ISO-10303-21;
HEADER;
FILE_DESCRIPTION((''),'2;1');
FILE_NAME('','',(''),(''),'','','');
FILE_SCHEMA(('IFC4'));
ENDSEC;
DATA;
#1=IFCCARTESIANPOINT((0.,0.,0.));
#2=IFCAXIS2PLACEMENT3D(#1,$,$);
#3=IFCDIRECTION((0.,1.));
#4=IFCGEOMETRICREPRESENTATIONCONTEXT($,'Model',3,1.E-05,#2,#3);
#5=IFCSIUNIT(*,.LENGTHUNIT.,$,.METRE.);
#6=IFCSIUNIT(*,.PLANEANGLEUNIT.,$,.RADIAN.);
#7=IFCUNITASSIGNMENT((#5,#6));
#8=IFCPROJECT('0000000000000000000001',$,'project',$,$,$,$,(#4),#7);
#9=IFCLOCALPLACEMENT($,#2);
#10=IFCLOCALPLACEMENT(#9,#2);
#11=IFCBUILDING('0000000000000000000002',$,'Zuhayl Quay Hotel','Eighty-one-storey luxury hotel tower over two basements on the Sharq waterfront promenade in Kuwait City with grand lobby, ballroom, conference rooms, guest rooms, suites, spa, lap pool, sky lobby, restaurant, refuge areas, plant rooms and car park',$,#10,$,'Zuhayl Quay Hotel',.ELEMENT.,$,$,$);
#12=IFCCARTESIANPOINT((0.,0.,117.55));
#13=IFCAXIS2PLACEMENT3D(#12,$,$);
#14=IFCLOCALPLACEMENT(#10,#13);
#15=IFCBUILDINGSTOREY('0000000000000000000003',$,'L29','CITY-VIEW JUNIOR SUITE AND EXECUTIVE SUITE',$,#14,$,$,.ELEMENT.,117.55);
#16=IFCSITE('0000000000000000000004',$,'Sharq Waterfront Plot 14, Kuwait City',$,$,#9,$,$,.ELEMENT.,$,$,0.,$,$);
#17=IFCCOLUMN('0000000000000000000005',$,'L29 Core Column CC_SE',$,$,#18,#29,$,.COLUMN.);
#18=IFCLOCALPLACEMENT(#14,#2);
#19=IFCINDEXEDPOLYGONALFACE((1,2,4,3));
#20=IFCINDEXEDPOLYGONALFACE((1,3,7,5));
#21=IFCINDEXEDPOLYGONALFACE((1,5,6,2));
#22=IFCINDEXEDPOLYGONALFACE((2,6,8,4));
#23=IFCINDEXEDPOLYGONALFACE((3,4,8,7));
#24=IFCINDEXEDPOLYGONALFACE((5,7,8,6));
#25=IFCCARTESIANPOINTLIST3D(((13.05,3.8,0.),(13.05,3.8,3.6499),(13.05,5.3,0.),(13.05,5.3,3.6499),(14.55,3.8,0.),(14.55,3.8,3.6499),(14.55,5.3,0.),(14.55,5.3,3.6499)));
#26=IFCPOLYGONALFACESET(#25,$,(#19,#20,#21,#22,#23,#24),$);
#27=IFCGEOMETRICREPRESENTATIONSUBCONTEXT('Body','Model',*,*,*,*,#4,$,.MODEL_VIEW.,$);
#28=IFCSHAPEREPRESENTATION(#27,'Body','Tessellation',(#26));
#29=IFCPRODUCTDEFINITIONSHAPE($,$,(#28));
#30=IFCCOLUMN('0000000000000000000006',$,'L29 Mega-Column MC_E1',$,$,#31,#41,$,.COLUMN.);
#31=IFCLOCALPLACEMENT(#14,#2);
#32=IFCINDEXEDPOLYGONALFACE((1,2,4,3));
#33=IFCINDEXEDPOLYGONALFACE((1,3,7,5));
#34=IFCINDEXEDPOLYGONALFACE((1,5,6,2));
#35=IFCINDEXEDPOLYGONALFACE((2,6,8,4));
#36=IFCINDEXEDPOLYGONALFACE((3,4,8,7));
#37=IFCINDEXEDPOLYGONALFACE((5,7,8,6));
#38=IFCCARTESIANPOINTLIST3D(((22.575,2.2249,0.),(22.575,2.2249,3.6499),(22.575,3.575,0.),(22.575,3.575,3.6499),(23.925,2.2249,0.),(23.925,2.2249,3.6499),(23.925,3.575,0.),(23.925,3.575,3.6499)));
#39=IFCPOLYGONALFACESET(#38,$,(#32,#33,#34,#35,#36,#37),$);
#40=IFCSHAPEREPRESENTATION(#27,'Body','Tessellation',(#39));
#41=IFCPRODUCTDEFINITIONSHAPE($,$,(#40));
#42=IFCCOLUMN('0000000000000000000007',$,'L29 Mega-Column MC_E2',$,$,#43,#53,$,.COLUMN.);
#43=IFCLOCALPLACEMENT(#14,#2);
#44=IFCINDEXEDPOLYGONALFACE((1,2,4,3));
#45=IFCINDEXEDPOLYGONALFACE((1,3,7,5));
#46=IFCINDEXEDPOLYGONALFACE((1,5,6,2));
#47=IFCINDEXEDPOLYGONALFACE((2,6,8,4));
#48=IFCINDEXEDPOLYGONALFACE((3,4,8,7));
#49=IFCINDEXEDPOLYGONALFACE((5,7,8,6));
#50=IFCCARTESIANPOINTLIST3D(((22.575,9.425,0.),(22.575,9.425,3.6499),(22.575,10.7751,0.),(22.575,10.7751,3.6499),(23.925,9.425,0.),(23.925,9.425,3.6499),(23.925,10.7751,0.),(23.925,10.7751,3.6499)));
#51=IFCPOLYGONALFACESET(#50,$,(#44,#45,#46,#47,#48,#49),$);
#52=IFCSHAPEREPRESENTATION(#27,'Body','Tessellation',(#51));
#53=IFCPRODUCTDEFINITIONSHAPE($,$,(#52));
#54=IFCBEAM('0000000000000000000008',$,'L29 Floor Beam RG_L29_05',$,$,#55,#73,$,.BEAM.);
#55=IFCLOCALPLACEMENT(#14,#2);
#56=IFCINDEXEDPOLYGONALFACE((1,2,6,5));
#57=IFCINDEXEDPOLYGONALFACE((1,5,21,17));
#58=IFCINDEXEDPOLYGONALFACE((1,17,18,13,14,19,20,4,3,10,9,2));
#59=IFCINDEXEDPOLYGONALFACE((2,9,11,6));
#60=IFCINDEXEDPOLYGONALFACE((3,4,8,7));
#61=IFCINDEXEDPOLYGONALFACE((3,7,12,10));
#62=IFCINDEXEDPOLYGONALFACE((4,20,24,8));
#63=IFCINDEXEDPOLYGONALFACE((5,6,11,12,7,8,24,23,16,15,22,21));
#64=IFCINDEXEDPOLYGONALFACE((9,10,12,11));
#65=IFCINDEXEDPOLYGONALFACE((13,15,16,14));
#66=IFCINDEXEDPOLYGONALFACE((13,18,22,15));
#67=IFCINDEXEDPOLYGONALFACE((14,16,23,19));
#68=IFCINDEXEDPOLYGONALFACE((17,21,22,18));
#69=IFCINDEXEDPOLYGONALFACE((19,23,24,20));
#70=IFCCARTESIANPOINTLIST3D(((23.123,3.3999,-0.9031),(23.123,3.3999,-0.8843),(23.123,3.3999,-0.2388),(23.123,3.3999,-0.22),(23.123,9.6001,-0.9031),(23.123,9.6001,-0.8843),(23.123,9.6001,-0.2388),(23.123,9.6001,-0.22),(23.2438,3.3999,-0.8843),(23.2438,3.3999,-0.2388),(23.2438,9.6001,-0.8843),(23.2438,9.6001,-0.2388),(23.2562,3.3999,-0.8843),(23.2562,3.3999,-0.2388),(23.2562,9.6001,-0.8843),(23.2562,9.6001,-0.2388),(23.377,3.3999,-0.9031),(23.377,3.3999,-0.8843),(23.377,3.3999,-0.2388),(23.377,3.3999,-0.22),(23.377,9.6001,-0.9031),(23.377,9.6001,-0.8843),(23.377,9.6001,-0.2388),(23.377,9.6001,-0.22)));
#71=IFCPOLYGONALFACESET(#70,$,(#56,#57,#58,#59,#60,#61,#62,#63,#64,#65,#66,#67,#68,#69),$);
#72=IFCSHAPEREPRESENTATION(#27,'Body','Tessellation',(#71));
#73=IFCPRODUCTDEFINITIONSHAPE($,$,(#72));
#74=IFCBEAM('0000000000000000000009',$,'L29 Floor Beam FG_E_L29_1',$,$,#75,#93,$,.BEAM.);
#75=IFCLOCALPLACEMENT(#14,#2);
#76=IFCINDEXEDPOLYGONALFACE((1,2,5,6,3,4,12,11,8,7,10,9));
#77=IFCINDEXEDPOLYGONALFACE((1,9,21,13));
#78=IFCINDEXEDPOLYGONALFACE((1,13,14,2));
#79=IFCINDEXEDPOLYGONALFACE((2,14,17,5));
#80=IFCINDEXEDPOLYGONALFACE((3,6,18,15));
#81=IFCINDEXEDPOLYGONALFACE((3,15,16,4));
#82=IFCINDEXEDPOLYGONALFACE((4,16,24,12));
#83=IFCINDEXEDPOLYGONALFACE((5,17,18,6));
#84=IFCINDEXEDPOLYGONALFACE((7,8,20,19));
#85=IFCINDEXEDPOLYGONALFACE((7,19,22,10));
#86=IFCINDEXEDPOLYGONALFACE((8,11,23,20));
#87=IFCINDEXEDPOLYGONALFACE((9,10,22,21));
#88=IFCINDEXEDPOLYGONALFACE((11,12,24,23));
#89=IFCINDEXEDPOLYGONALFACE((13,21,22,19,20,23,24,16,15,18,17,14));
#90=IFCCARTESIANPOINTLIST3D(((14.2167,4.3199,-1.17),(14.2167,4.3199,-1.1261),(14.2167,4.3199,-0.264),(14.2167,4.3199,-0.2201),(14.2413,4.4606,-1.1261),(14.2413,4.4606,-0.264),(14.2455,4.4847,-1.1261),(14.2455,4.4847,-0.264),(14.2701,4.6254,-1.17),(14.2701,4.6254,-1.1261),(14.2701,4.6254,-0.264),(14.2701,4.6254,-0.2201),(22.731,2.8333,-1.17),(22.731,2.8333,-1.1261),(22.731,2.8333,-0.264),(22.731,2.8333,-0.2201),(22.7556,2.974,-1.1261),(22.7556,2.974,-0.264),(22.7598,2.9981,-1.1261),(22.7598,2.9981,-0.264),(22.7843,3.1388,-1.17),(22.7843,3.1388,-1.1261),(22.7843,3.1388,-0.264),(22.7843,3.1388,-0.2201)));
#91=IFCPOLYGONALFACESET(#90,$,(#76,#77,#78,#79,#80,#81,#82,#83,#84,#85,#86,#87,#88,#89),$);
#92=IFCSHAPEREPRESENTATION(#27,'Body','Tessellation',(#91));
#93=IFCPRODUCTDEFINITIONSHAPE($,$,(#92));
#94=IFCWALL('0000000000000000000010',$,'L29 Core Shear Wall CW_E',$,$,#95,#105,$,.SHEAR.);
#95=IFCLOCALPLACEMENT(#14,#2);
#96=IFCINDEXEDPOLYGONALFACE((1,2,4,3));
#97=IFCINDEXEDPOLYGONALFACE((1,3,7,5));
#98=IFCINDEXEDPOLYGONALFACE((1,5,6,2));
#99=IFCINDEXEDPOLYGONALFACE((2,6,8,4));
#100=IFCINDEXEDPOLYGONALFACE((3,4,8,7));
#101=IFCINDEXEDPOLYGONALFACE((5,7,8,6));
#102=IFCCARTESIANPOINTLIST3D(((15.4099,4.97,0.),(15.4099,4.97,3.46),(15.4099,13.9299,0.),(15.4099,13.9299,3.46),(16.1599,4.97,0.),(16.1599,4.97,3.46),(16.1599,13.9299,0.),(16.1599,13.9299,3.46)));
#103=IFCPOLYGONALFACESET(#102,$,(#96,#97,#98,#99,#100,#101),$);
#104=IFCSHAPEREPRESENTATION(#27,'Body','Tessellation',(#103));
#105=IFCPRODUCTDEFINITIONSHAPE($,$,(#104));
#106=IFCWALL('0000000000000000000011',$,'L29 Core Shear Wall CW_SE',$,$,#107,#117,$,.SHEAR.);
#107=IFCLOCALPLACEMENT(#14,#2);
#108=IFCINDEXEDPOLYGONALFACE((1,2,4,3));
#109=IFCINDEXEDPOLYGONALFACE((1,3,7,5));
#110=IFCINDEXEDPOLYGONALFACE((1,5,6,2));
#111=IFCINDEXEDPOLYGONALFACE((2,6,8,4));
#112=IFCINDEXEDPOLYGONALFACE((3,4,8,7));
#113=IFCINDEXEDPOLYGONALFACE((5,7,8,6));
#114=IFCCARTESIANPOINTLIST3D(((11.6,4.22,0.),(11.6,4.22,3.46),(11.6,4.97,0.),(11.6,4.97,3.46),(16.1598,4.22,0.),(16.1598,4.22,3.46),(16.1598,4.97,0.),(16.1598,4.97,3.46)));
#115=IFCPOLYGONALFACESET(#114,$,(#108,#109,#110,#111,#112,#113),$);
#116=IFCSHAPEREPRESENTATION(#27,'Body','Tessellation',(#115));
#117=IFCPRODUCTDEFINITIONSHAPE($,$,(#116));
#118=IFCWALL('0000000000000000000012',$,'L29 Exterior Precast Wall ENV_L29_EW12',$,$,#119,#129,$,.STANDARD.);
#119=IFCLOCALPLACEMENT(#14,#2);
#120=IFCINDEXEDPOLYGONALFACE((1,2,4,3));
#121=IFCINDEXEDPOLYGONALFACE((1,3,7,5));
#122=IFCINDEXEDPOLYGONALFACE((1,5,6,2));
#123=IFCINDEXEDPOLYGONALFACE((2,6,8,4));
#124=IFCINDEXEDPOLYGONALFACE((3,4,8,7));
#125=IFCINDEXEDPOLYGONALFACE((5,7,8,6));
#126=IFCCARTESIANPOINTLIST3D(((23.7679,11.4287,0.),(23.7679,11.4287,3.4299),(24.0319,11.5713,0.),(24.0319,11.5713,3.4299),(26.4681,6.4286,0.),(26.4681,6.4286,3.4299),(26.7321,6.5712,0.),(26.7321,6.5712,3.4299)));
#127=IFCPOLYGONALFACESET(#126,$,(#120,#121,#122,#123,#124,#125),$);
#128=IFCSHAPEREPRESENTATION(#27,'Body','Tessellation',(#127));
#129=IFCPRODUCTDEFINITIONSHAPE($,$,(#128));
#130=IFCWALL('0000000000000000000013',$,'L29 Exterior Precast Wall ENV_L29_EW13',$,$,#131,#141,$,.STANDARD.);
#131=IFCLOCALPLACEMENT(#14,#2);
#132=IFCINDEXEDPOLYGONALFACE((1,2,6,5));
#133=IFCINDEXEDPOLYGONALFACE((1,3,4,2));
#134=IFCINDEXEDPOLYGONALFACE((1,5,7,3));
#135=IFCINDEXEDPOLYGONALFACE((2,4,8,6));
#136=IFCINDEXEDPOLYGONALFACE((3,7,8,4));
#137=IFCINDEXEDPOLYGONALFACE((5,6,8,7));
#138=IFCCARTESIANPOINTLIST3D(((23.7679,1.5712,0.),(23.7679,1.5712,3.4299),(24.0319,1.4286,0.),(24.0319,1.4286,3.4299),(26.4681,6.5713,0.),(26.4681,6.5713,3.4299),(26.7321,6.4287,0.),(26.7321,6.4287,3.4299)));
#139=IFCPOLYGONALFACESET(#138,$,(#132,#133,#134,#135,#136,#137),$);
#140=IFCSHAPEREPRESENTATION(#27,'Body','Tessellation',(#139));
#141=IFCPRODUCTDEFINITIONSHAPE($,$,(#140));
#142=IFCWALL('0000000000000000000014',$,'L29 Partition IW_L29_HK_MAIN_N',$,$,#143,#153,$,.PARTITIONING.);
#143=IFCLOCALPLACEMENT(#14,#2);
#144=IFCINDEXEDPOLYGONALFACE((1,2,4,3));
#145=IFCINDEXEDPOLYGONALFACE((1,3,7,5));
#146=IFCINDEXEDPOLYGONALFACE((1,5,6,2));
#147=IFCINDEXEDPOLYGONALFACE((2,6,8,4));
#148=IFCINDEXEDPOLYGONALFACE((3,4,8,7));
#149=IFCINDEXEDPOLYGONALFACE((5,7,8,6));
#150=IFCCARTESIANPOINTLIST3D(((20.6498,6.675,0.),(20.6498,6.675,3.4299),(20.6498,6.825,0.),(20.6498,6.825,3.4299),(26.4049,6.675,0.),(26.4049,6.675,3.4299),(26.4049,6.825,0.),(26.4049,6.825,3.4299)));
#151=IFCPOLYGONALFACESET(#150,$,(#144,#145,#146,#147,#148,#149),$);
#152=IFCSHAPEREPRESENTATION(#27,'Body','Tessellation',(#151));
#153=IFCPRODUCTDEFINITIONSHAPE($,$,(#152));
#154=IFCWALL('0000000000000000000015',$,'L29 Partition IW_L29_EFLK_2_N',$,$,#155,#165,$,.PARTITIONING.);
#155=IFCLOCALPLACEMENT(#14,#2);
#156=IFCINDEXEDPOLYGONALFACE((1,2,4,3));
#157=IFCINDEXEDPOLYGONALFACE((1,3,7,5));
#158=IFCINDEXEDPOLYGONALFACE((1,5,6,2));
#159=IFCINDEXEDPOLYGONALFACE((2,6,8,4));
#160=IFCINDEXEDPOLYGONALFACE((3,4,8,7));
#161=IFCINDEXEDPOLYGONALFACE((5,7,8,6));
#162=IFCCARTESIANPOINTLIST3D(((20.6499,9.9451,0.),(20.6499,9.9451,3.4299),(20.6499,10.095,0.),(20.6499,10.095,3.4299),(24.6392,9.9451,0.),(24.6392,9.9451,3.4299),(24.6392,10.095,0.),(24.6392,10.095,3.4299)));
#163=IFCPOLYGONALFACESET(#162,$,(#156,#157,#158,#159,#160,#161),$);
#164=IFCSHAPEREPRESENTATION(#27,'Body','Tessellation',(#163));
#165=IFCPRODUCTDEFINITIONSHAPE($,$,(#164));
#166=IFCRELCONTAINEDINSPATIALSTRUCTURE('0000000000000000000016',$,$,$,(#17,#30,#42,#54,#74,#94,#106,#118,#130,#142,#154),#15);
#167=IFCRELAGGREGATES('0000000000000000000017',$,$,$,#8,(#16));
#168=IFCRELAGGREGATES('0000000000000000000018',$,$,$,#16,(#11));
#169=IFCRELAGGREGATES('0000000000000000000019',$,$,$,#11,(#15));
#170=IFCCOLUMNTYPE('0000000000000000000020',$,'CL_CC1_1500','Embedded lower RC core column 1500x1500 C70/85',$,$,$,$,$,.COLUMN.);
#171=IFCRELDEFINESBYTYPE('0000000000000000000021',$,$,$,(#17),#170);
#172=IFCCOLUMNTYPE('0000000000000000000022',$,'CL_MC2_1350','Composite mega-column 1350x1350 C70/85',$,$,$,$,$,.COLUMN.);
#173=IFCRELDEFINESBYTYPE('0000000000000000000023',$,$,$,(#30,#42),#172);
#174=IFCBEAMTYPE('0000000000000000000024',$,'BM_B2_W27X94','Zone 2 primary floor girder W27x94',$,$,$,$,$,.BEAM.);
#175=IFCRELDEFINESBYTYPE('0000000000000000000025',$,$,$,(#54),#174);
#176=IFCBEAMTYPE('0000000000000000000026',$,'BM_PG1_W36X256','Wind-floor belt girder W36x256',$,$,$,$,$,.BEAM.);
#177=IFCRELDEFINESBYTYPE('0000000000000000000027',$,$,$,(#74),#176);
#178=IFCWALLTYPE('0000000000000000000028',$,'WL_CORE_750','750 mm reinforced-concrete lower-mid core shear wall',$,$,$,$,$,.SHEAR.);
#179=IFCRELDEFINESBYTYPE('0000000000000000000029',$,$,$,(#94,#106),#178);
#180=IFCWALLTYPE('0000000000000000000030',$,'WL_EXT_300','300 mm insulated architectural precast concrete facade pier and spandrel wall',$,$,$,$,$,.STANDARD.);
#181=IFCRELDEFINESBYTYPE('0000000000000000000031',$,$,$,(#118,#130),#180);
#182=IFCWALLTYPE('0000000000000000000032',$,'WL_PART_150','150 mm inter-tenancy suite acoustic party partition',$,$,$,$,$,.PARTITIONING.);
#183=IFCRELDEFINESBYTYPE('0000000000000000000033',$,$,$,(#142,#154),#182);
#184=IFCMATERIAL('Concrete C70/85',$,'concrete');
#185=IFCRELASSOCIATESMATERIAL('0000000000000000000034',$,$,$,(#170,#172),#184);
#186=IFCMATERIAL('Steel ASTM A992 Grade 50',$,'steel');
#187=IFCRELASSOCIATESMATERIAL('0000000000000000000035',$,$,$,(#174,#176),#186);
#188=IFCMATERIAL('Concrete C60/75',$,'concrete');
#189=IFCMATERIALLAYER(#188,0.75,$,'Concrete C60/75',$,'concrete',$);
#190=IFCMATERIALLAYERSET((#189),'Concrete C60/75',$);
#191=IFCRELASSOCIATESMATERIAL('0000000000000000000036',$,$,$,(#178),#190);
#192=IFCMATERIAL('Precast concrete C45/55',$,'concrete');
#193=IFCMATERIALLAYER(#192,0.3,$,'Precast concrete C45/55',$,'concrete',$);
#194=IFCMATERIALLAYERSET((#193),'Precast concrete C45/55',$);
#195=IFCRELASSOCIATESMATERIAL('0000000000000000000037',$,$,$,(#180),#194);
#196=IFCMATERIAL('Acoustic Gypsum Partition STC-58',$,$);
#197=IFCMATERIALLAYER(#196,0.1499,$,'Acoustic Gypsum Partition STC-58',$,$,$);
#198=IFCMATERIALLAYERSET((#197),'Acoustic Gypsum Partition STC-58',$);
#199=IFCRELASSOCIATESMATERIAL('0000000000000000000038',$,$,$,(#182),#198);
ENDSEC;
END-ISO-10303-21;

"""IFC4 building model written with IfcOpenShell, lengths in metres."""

from ifc_helpers import new_model, si_unit, direction, frame, frame_2d, origin, origin_2d, place, context, subcontext, project, spatial, rectangle, i_section, extrude, material, layer, layer_set, material_profile, profile_set, type_object, element, save


model = new_model("IFC4")

# Units and contexts
model_context = context("Model", 3, precision=1e-05, world=origin(), true_north=direction((0.0, 1.0)))
body_context = subcontext(model_context, "Body", "Model", "MODEL_VIEW")
ifc_project = project(units=[si_unit("LENGTHUNIT", "METRE"), si_unit("PLANEANGLEUNIT", "RADIAN")], contexts=[model_context])

# Site, building, storey
site_placement = place(None, origin())
site = spatial("IfcSite", under=ifc_project, at=site_placement, Name="Sharq Waterfront Plot 14, Kuwait City", CompositionType="ELEMENT", RefElevation=0.0)
building_placement = place(site_placement, origin())
building = spatial("IfcBuilding", under=site, at=building_placement, Name="Zuhayl Quay Hotel", Description="Eighty-one-storey luxury hotel tower over two basements on the Sharq waterfront promenade in Kuwait City with grand lobby, ballroom, conference rooms, guest rooms, suites, spa, lap pool, sky lobby, restaurant, refuge areas, plant rooms and car park", LongName="Zuhayl Quay Hotel", CompositionType="ELEMENT")
storey_placement = place(building_placement, frame((0.0, 0.0, 117.55)))
storey = spatial("IfcBuildingStorey", under=building, at=storey_placement, Name="L29", Description="CITY-VIEW JUNIOR SUITE AND EXECUTIVE SUITE", CompositionType="ELEMENT", Elevation=117.55)

# Columns
ifc_material_1 = material(Name="Concrete C70/85", Category="concrete")
ifc_material_profile_1 = material_profile(ifc_material_1, rectangle(XDim=1.5, YDim=1.5, at=origin_2d()), Name="RC1500X1500")
ifc_profile_set_1 = profile_set([ifc_material_profile_1], Name="Concrete C70/85")
column_type_1 = type_object("IfcColumnType", Name="CL_CC1_1500", Description="Embedded lower RC core column 1500x1500 C70/85", PredefinedType="COLUMN", material=ifc_profile_set_1)
column_placement = place(storey_placement, frame((13.8, 4.55, 0.0), z_axis=(0.0, 0.0, 1.0), x_axis=(1.0, 0.0, 0.0)))
element("IfcColumn", 1, at=column_placement, inside=storey, type_object=column_type_1, Name="L29 Core Column CC_SE", PredefinedType="COLUMN", context=body_context, shape_type="SweptSolid", body=[
    extrude(rectangle(XDim=1.5, YDim=1.5, at=origin_2d()), origin(), (0.0, 0.0, 1.0), 3.6499),
])
ifc_material_profile_2 = material_profile(ifc_material_1, rectangle(XDim=1.3501, YDim=1.3501, at=origin_2d()), Name="RC1350X1350")
ifc_profile_set_2 = profile_set([ifc_material_profile_2], Name="Concrete C70/85")
column_type_2 = type_object("IfcColumnType", Name="CL_MC2_1350", Description="Composite mega-column 1350x1350 C70/85", PredefinedType="COLUMN", material=ifc_profile_set_2)
for number, where, z_axis, x_axis, name in (
    (2, (23.25, 2.8999, 0.0), (0.0, 0.0, 1.0), (1.0, 0.0, 0.0), "L29 Mega-Column MC_E1"),
    (3, (23.25, 10.1001, 0.0), (0.0, 0.0, 1.0), (1.0, 0.0, 0.0), "L29 Mega-Column MC_E2"),
):
    element("IfcColumn", number, at=place(storey_placement, frame(where, z_axis=z_axis, x_axis=x_axis)), inside=storey, type_object=column_type_2, Name=name, PredefinedType="COLUMN", context=body_context, shape_type="SweptSolid", body=[
        extrude(rectangle(XDim=1.3501, YDim=1.3501, at=origin_2d()), origin(), (0.0, 0.0, 1.0), 3.6499),
    ])

# Beams
ifc_material_2 = material(Name="Steel ASTM A992 Grade 50", Category="steel")
ifc_material_profile_3 = material_profile(ifc_material_2, i_section(OverallWidth=0.2539, OverallDepth=0.6831, WebThickness=0.0125, FlangeThickness=0.0188, at=origin_2d()), Name="W27X94")
ifc_profile_set_3 = profile_set([ifc_material_profile_3], Name="Steel ASTM A992 Grade 50")
beam_type_1 = type_object("IfcBeamType", Name="BM_B2_W27X94", Description="Zone 2 primary floor girder W27x94", PredefinedType="BEAM", material=ifc_profile_set_3)
beam_1_placement = place(storey_placement, frame((23.25, 3.3999, -0.5615), z_axis=(0.0, 1.0, 0.0), x_axis=(-1.0, 0.0, 0.0)))
element("IfcBeam", 4, at=beam_1_placement, inside=storey, type_object=beam_type_1, Name="L29 Floor Beam RG_L29_05", PredefinedType="BEAM", context=body_context, shape_type="SweptSolid", body=[
    extrude(i_section(OverallWidth=0.2539, OverallDepth=0.6831, WebThickness=0.0125, FlangeThickness=0.0188, at=origin_2d()), origin(), (0.0, 0.0, 1.0), 6.2002),
])
ifc_material_profile_4 = material_profile(ifc_material_2, i_section(OverallWidth=0.3101, OverallDepth=0.95, WebThickness=0.0244, FlangeThickness=0.0439, at=origin_2d()), Name="W36X256")
ifc_profile_set_4 = profile_set([ifc_material_profile_4], Name="Steel ASTM A992 Grade 50")
beam_type_2 = type_object("IfcBeamType", Name="BM_PG1_W36X256", Description="Wind-floor belt girder W36x256", PredefinedType="BEAM", material=ifc_profile_set_4)
beam_2_placement = place(storey_placement, frame((14.2434, 4.4727, -0.6951), z_axis=(0.985097, -0.171998, 0.0), x_axis=(0.171998, 0.985097, 0.0)))
element("IfcBeam", 5, at=beam_2_placement, inside=storey, type_object=beam_type_2, Name="L29 Floor Beam FG_E_L29_1", PredefinedType="BEAM", context=body_context, shape_type="SweptSolid", body=[
    extrude(i_section(OverallWidth=0.3101, OverallDepth=0.95, WebThickness=0.0244, FlangeThickness=0.0439, at=origin_2d()), origin(), (0.0, 0.0, 1.0), 8.6431),
])

# Walls
ifc_material_3 = material(Name="Concrete C60/75", Category="concrete")
ifc_layer_1 = layer(ifc_material_3, 0.75, Name="Concrete C60/75", Category="concrete")
ifc_layer_set_1 = layer_set([ifc_layer_1], Name="Concrete C60/75")
wall_type_1 = type_object("IfcWallType", Name="WL_CORE_750", Description="750 mm reinforced-concrete lower-mid core shear wall", PredefinedType="SHEAR", material=ifc_layer_set_1)
wall_1_placement = place(storey_placement, frame((15.7849, 4.97, 0.0), z_axis=(0.0, 0.0, 1.0), x_axis=(0.0, 1.0, 0.0)))
element("IfcWall", 6, at=wall_1_placement, inside=storey, type_object=wall_type_1, Name="L29 Core Shear Wall CW_E", PredefinedType="SHEAR", context=body_context, shape_type="SweptSolid", body=[
    extrude(rectangle(XDim=8.96, YDim=0.75, at=frame_2d((4.48, 0.0))), origin(), (0.0, 0.0, 1.0), 3.46),
])
wall_2_placement = place(storey_placement, frame((11.6001, 4.595, 0.0), z_axis=(0.0, 0.0, 1.0), x_axis=(1.0, 0.0, 0.0)))
element("IfcWall", 7, at=wall_2_placement, inside=storey, type_object=wall_type_1, Name="L29 Core Shear Wall CW_SE", PredefinedType="SHEAR", context=body_context, shape_type="SweptSolid", body=[
    extrude(rectangle(XDim=4.5598, YDim=0.75, at=frame_2d((2.2798, 0.0))), origin(), (0.0, 0.0, 1.0), 3.46),
])
ifc_material_4 = material(Name="Precast concrete C45/55", Category="concrete")
ifc_layer_2 = layer(ifc_material_4, 0.3, Name="Precast concrete C45/55", Category="concrete")
ifc_layer_set_2 = layer_set([ifc_layer_2], Name="Precast concrete C45/55")
wall_type_2 = type_object("IfcWallType", Name="WL_EXT_300", Description="300 mm insulated architectural precast concrete facade pier and spandrel wall", PredefinedType="STANDARD", material=ifc_layer_set_2)
for number, where, z_axis, x_axis, name in (
    (8, (23.8999, 11.5, 0.0), (0.0, 0.0, 1.0), (0.475176, -0.879891, 0.0), "L29 Exterior Precast Wall ENV_L29_EW12"),
    (9, (26.6001, 6.5, 0.0), (0.0, 0.0, 1.0), (-0.475176, -0.879891, 0.0), "L29 Exterior Precast Wall ENV_L29_EW13"),
):
    element("IfcWall", number, at=place(storey_placement, frame(where, z_axis=z_axis, x_axis=x_axis)), inside=storey, type_object=wall_type_2, Name=name, PredefinedType="STANDARD", context=body_context, shape_type="SweptSolid", body=[
        extrude(rectangle(XDim=5.6826, YDim=0.3, at=frame_2d((2.8413, 0.0))), origin(), (0.0, 0.0, 1.0), 3.4299),
    ])
ifc_material_5 = material(Name="Acoustic Gypsum Partition STC-58")
ifc_layer_3 = layer(ifc_material_5, 0.1499, Name="Acoustic Gypsum Partition STC-58")
ifc_layer_set_3 = layer_set([ifc_layer_3], Name="Acoustic Gypsum Partition STC-58")
wall_type_3 = type_object("IfcWallType", Name="WL_PART_150", Description="150 mm inter-tenancy suite acoustic party partition", PredefinedType="PARTITIONING", material=ifc_layer_set_3)
wall_3_placement = place(storey_placement, frame((20.6499, 6.75, 0.0), z_axis=(0.0, 0.0, 1.0), x_axis=(1.0, 0.0, 0.0)))
element("IfcWall", 10, at=wall_3_placement, inside=storey, type_object=wall_type_3, Name="L29 Partition IW_L29_HK_MAIN_N", PredefinedType="PARTITIONING", context=body_context, shape_type="SweptSolid", body=[
    extrude(rectangle(XDim=5.7551, YDim=0.1499, at=frame_2d((2.8774, 0.0))), origin(), (0.0, 0.0, 1.0), 3.4299),
])
wall_4_placement = place(storey_placement, frame((20.6499, 10.02, 0.0), z_axis=(0.0, 0.0, 1.0), x_axis=(1.0, 0.0, 0.0)))
element("IfcWall", 11, at=wall_4_placement, inside=storey, type_object=wall_type_3, Name="L29 Partition IW_L29_EFLK_2_N", PredefinedType="PARTITIONING", context=body_context, shape_type="SweptSolid", body=[
    extrude(rectangle(XDim=3.9893, YDim=0.1499, at=frame_2d((1.9946, 0.0))), origin(), (0.0, 0.0, 1.0), 3.4299),
])

save(model, "model.ifc")
